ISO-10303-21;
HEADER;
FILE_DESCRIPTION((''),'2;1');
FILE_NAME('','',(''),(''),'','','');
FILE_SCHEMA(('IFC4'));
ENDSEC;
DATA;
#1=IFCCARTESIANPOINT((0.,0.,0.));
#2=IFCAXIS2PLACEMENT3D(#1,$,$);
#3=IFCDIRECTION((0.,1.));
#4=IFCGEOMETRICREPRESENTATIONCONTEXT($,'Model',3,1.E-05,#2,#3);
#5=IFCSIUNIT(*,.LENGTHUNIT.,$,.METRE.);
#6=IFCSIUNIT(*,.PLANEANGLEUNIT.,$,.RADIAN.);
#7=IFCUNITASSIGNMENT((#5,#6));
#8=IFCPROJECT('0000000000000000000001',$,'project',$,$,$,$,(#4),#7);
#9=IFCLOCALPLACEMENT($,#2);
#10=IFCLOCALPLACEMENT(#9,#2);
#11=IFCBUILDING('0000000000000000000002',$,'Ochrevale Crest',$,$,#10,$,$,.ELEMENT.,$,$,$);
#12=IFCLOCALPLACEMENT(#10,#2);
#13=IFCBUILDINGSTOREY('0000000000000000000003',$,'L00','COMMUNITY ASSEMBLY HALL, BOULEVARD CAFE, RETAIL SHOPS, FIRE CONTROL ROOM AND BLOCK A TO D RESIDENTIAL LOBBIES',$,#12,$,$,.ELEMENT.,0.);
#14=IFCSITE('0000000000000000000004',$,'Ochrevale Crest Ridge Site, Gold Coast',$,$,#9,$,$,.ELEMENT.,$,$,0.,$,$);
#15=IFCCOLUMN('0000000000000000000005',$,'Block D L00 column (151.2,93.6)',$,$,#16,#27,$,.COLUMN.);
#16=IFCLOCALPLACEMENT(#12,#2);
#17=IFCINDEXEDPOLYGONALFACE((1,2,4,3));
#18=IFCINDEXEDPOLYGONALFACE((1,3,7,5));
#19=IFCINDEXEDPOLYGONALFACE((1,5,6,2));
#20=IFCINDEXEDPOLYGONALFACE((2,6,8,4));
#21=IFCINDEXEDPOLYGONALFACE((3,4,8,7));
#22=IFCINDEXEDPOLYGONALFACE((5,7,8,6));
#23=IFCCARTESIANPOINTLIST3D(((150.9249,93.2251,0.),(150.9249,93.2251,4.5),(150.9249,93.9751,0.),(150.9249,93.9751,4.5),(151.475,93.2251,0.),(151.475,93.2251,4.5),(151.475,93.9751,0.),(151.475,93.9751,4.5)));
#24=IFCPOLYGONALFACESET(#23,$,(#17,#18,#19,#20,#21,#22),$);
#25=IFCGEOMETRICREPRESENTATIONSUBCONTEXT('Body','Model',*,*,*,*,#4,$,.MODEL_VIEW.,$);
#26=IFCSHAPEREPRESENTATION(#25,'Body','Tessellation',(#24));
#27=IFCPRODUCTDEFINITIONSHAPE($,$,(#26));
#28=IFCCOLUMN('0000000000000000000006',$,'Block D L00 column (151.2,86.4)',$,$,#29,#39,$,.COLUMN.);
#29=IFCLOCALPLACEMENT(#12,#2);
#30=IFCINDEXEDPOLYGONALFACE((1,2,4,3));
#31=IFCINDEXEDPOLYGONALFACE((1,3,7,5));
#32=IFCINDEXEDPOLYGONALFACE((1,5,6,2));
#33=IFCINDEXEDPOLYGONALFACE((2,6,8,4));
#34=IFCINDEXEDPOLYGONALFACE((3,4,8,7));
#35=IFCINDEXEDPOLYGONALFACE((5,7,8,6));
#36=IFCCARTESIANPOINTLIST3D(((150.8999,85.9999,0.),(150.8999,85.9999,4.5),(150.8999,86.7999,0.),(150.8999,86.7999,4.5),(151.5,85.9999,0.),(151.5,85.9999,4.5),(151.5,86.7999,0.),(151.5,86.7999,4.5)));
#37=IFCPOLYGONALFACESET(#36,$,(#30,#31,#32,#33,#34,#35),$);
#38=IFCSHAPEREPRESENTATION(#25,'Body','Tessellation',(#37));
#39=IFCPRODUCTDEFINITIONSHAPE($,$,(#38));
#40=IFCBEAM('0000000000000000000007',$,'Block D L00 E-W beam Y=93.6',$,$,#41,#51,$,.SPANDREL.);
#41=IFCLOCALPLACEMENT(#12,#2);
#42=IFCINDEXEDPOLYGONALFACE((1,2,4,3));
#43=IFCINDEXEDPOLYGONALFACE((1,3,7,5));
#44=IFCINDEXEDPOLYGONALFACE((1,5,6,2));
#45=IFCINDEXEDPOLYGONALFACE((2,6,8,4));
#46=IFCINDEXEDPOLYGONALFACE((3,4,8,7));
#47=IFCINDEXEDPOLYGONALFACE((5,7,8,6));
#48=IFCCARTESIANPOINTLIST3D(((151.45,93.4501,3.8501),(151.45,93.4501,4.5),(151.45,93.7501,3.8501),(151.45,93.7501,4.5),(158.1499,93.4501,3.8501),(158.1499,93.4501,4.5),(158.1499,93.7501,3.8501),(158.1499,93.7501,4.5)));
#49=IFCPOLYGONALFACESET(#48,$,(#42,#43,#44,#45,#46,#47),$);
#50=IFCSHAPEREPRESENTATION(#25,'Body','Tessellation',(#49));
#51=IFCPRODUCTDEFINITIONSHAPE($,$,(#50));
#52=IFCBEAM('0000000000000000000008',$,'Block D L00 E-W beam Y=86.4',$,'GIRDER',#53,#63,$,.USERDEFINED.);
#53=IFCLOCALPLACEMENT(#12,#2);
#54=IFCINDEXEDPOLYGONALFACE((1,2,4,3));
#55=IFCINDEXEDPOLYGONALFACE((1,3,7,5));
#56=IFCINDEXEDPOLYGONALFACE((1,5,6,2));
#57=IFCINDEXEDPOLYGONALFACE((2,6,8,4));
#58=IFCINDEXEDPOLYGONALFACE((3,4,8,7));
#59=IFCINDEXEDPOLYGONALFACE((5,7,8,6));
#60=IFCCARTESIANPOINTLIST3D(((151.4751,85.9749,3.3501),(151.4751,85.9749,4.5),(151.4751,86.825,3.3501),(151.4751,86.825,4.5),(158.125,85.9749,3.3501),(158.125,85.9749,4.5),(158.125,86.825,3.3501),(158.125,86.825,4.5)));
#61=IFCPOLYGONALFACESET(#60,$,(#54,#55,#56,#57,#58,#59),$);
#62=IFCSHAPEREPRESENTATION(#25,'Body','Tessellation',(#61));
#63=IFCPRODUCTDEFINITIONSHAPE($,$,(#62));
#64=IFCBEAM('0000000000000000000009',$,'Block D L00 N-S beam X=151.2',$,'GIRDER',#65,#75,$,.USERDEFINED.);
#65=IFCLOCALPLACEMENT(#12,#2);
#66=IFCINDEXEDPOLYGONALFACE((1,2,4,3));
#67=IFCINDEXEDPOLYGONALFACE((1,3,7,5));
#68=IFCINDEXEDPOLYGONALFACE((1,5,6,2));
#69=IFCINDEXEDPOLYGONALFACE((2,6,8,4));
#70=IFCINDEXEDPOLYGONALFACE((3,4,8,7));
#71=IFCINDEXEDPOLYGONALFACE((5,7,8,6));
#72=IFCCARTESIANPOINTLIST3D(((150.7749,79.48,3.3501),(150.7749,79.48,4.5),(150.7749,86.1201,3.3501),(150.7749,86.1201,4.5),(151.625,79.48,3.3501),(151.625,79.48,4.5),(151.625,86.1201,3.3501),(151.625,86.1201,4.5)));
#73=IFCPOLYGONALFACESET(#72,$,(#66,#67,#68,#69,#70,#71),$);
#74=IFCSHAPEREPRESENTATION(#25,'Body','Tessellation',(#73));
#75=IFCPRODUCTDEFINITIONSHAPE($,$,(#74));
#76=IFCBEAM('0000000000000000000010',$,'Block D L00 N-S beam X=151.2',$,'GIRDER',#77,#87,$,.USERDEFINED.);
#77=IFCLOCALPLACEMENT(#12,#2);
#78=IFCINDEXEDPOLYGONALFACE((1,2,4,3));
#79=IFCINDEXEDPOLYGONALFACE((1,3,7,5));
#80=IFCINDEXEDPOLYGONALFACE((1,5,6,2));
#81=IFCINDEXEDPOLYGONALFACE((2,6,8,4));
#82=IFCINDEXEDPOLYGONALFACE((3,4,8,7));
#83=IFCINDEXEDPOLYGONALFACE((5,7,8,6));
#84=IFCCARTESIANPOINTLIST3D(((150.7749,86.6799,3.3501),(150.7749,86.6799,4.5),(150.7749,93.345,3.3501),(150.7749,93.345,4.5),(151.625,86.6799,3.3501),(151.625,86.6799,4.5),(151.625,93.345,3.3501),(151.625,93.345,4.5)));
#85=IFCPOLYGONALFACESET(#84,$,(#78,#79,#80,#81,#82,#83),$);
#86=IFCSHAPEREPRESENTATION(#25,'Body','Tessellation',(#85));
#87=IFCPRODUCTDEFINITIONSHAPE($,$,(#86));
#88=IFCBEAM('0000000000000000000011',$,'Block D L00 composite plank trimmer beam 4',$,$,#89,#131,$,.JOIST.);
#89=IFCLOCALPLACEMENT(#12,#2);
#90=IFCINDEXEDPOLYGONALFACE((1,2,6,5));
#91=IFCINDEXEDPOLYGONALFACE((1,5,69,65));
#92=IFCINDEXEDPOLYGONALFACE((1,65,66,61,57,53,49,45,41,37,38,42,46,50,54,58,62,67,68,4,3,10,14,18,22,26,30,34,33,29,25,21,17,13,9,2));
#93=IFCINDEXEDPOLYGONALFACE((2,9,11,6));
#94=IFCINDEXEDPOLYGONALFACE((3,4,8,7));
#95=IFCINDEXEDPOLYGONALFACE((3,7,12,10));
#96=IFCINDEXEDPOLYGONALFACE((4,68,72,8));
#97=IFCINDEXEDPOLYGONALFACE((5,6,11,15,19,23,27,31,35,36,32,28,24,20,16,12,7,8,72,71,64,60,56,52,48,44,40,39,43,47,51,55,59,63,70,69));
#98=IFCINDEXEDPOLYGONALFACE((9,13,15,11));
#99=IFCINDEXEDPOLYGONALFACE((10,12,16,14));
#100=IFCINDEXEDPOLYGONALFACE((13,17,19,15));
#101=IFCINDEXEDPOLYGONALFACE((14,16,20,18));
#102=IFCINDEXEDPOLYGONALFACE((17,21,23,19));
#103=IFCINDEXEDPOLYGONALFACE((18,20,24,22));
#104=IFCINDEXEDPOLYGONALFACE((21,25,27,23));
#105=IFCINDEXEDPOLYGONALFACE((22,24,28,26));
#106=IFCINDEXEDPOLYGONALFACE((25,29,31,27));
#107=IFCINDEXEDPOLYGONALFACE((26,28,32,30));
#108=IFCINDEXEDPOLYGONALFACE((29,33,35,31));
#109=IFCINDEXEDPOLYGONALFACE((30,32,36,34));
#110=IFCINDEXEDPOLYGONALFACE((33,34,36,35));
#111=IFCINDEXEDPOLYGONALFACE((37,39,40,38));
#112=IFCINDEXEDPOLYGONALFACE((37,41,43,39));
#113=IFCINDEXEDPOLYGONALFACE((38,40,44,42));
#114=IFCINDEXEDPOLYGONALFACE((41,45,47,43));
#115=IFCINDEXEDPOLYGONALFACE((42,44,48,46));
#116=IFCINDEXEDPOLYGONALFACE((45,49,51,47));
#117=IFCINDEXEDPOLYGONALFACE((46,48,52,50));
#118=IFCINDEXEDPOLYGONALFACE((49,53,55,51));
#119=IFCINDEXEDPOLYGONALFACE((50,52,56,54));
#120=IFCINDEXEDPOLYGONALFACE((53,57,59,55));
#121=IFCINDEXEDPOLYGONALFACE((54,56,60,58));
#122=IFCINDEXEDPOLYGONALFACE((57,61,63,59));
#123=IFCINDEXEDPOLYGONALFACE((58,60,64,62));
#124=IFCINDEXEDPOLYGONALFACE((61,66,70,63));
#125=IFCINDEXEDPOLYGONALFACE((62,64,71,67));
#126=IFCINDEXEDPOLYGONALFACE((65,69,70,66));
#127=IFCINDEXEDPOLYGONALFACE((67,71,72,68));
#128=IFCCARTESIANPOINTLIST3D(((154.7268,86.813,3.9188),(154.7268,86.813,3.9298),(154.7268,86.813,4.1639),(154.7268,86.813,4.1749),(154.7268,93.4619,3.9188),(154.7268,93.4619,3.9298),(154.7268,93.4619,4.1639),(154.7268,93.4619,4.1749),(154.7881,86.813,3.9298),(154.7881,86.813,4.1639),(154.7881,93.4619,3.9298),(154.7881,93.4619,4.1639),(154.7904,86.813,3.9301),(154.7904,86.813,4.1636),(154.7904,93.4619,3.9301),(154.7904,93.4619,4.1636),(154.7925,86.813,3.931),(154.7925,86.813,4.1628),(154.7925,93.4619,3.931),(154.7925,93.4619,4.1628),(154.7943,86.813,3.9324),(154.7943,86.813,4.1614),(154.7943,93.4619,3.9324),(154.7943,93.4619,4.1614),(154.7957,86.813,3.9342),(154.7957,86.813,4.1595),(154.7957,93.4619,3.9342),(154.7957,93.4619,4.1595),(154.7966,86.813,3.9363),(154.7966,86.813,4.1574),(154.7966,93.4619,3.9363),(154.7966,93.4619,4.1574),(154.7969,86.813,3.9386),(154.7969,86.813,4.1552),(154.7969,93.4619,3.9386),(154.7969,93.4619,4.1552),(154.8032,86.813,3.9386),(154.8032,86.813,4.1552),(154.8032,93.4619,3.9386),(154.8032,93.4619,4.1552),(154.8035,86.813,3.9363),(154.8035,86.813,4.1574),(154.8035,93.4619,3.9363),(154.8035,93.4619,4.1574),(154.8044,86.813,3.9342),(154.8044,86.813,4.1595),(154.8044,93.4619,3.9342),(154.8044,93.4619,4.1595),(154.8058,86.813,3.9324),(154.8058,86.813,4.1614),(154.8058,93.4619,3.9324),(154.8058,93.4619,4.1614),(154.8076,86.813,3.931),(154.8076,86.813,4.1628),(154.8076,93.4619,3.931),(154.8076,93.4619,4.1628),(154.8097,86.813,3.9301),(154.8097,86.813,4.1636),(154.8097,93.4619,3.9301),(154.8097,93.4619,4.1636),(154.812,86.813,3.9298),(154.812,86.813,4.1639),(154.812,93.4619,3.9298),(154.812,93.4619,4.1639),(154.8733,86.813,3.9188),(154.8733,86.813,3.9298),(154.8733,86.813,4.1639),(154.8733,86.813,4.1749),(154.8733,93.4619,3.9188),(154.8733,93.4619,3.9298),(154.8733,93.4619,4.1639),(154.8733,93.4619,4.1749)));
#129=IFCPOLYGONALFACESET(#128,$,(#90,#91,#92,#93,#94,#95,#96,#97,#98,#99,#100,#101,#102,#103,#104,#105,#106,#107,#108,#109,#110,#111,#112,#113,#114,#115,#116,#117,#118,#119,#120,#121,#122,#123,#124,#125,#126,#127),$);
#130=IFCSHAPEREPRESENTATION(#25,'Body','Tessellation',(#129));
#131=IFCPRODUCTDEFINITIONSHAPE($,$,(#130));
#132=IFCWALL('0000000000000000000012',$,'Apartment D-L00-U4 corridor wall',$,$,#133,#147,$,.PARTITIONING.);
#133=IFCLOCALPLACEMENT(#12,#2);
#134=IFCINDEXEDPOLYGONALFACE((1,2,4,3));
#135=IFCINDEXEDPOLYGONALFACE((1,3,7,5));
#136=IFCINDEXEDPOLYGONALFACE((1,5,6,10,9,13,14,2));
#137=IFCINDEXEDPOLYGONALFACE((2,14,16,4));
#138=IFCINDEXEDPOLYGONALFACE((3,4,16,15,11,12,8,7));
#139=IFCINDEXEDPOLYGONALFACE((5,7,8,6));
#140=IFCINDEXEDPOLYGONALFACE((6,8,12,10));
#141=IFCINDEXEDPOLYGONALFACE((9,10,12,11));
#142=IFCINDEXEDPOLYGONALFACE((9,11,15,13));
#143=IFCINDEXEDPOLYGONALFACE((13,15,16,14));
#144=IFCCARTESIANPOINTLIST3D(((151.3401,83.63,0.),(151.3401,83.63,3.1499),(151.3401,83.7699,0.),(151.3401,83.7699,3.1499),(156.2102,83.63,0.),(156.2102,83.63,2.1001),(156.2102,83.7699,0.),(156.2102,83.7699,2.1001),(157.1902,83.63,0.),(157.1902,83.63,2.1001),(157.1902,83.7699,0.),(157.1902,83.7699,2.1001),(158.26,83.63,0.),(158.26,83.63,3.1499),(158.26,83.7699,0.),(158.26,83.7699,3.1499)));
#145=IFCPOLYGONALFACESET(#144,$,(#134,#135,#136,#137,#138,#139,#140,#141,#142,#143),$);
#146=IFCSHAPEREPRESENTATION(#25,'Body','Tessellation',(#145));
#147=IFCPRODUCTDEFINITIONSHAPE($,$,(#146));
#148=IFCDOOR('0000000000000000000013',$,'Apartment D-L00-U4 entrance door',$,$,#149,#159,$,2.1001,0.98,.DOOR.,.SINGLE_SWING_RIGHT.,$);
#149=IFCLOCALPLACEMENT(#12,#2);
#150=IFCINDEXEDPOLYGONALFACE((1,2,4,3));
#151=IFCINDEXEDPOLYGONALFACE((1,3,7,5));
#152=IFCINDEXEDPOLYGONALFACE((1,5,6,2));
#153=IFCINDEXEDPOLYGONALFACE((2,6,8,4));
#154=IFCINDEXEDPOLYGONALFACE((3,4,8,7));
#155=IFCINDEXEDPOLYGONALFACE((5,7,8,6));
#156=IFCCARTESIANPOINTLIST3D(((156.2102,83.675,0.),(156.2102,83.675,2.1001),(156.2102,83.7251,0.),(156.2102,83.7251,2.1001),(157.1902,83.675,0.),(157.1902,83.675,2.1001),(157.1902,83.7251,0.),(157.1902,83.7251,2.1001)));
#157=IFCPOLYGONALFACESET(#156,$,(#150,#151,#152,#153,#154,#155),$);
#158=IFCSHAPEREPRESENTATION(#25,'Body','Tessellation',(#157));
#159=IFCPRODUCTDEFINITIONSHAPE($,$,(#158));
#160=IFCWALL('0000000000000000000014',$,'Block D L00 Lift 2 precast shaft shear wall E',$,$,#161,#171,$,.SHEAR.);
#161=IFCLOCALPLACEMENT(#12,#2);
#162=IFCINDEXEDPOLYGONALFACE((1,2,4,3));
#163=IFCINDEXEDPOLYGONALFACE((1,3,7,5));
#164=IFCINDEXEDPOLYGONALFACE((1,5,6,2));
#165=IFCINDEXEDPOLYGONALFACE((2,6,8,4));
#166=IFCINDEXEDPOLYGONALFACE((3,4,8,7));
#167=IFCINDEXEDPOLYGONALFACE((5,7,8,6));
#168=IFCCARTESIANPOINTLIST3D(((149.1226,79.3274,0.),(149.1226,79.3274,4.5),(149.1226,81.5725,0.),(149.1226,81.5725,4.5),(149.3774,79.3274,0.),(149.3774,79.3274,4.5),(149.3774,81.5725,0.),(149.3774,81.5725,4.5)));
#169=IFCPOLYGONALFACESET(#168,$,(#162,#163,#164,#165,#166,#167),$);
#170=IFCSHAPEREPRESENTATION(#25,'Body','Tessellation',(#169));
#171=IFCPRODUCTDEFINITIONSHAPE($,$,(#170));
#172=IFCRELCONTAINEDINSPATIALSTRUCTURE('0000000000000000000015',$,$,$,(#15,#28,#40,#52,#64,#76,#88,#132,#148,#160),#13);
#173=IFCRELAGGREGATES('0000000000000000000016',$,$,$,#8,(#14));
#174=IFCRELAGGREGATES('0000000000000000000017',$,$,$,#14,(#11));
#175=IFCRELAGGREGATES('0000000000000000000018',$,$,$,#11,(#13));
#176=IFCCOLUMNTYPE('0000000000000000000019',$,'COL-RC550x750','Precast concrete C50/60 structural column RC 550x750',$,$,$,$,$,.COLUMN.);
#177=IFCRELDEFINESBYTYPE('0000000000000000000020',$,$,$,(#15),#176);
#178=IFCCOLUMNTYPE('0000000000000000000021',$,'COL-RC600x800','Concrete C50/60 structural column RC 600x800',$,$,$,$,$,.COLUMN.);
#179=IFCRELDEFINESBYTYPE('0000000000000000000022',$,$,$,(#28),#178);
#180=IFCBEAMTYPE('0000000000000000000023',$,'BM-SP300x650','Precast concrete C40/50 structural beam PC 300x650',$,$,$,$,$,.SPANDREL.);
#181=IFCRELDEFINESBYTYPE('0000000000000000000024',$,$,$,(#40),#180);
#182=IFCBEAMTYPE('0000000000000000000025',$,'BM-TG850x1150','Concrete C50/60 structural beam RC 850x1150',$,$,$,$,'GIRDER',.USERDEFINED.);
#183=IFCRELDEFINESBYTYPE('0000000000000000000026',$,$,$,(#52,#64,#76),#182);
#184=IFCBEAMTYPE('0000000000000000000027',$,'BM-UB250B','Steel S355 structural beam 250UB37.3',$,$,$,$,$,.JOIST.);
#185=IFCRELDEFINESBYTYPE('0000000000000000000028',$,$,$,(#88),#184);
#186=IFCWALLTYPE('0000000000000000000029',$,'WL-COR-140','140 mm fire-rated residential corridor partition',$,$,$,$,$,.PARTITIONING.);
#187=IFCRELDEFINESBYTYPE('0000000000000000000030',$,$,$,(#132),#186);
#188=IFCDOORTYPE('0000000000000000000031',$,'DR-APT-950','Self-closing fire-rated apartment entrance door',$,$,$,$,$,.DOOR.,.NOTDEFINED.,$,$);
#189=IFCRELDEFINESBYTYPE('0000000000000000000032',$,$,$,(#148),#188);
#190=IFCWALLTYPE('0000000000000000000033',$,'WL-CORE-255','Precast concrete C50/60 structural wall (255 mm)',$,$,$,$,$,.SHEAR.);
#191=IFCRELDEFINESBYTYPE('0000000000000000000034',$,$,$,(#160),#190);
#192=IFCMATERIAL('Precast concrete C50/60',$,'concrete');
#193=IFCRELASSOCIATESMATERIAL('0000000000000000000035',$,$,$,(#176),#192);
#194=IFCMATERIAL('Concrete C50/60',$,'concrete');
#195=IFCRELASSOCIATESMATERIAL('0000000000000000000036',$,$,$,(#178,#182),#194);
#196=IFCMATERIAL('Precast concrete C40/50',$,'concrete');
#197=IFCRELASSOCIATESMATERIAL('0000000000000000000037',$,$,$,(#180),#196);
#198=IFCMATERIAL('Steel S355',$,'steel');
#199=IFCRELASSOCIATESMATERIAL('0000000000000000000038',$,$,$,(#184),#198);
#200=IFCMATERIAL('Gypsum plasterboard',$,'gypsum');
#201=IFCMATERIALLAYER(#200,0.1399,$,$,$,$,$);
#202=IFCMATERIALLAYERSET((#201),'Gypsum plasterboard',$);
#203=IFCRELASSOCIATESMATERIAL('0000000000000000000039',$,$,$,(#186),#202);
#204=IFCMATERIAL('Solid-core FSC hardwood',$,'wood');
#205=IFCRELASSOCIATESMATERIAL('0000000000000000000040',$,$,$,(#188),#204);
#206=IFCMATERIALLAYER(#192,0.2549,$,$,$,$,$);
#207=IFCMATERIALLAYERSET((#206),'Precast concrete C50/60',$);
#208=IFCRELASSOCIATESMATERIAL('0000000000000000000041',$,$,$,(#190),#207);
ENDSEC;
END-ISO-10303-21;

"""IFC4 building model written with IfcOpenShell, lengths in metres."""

from ifc_helpers import new_model, si_unit, direction, frame, frame_2d, origin, origin_2d, place, context, subcontext, project, spatial, rectangle, i_section, extrude, material, layer, layer_set, material_profile, profile_set, type_object, element, fill, save


model = new_model("IFC4")

# Units and contexts
model_context = context("Model", 3, precision=1e-05, world=origin(), true_north=direction((0.0, 1.0)))
body_context = subcontext(model_context, "Body", "Model", "MODEL_VIEW")
ifc_project = project(units=[si_unit("LENGTHUNIT", "METRE"), si_unit("PLANEANGLEUNIT", "RADIAN")], contexts=[model_context])

# Site, building, storey
site_placement = place(None, origin())
site = spatial("IfcSite", under=ifc_project, at=site_placement, Name="Ochrevale Crest Ridge Site, Gold Coast", CompositionType="ELEMENT", RefElevation=0.0)
building_placement = place(site_placement, origin())
building = spatial("IfcBuilding", under=site, at=building_placement, Name="Ochrevale Crest", CompositionType="ELEMENT")
storey_placement = place(building_placement, origin())
storey = spatial("IfcBuildingStorey", under=building, at=storey_placement, Name="L00", Description="COMMUNITY ASSEMBLY HALL, BOULEVARD CAFE, RETAIL SHOPS, FIRE CONTROL ROOM AND BLOCK A TO D RESIDENTIAL LOBBIES", CompositionType="ELEMENT", Elevation=0.0)

# Columns
ifc_material_1 = material(Name="Precast concrete C50/60", Category="concrete")
ifc_material_profile_1 = material_profile(ifc_material_1, rectangle(XDim=0.55, YDim=0.75, at=origin_2d()), Name="RC 550x750")
ifc_profile_set_1 = profile_set([ifc_material_profile_1], Name="Precast concrete C50/60")
column_type_1 = type_object("IfcColumnType", Name="COL-RC550x750", Description="Precast concrete C50/60 structural column RC 550x750", PredefinedType="COLUMN", material=ifc_profile_set_1)
column_1_placement = place(storey_placement, frame((151.2, 93.6001, 0.0), z_axis=(0.0, 0.0, 1.0), x_axis=(1.0, 0.0, 0.0)))
element("IfcColumn", 1, at=column_1_placement, inside=storey, type_object=column_type_1, Name="Block D L00 column (151.2,93.6)", PredefinedType="COLUMN", context=body_context, shape_type="SweptSolid", body=[
    extrude(rectangle(XDim=0.55, YDim=0.75, at=origin_2d()), origin(), (0.0, 0.0, 1.0), 4.5),
])
ifc_material_2 = material(Name="Concrete C50/60", Category="concrete")
ifc_material_profile_2 = material_profile(ifc_material_2, rectangle(XDim=0.6001, YDim=0.8, at=origin_2d()), Name="RC 600x800")
ifc_profile_set_2 = profile_set([ifc_material_profile_2], Name="Concrete C50/60")
column_type_2 = type_object("IfcColumnType", Name="COL-RC600x800", Description="Concrete C50/60 structural column RC 600x800", PredefinedType="COLUMN", material=ifc_profile_set_2)
column_2_placement = place(storey_placement, frame((151.2, 86.3999, 0.0), z_axis=(0.0, 0.0, 1.0), x_axis=(1.0, 0.0, 0.0)))
element("IfcColumn", 2, at=column_2_placement, inside=storey, type_object=column_type_2, Name="Block D L00 column (151.2,86.4)", PredefinedType="COLUMN", context=body_context, shape_type="SweptSolid", body=[
    extrude(rectangle(XDim=0.6001, YDim=0.8, at=origin_2d()), origin(), (0.0, 0.0, 1.0), 4.5),
])

# Beams
ifc_material_3 = material(Name="Precast concrete C40/50", Category="concrete")
ifc_material_profile_3 = material_profile(ifc_material_3, rectangle(XDim=0.3, YDim=0.6499, at=origin_2d()), Name="PC 300x650")
ifc_profile_set_3 = profile_set([ifc_material_profile_3], Name="Precast concrete C40/50")
beam_type_1 = type_object("IfcBeamType", Name="BM-SP300x650", Description="Precast concrete C40/50 structural beam PC 300x650", PredefinedType="SPANDREL", material=ifc_profile_set_3)
beam_1_placement = place(storey_placement, frame((151.45, 93.6001, 4.175), z_axis=(1.0, 0.0, 0.0), x_axis=(0.0, 1.0, 0.0)))
element("IfcBeam", 3, at=beam_1_placement, inside=storey, type_object=beam_type_1, Name="Block D L00 E-W beam Y=93.6", PredefinedType="SPANDREL", context=body_context, shape_type="SweptSolid", body=[
    extrude(rectangle(XDim=0.3, YDim=0.6499, at=origin_2d()), origin(), (0.0, 0.0, 1.0), 6.7),
])
ifc_material_profile_4 = material_profile(ifc_material_2, rectangle(XDim=0.8501, YDim=1.1499, at=origin_2d()), Name="RC 850x1150")
ifc_profile_set_4 = profile_set([ifc_material_profile_4], Name="Concrete C50/60")
beam_type_2 = type_object("IfcBeamType", Name="BM-TG850x1150", Description="Concrete C50/60 structural beam RC 850x1150", ElementType="GIRDER", PredefinedType="USERDEFINED", material=ifc_profile_set_4)
beam_2_placement = place(storey_placement, frame((151.4751, 86.3999, 3.925), z_axis=(1.0, 0.0, 0.0), x_axis=(0.0, 1.0, 0.0)))
element("IfcBeam", 4, at=beam_2_placement, inside=storey, type_object=beam_type_2, Name="Block D L00 E-W beam Y=86.4", ObjectType="GIRDER", PredefinedType="USERDEFINED", context=body_context, shape_type="SweptSolid", body=[
    extrude(rectangle(XDim=0.8501, YDim=1.1499, at=origin_2d()), origin(), (0.0, 0.0, 1.0), 6.6499),
])
beam_3_placement = place(storey_placement, frame((151.2, 79.48, 3.925), z_axis=(0.0, 1.0, 0.0), x_axis=(-1.0, 0.0, 0.0)))
element("IfcBeam", 5, at=beam_3_placement, inside=storey, type_object=beam_type_2, Name="Block D L00 N-S beam X=151.2", ObjectType="GIRDER", PredefinedType="USERDEFINED", context=body_context, shape_type="SweptSolid", body=[
    extrude(rectangle(XDim=0.8501, YDim=1.1499, at=origin_2d()), origin(), (0.0, 0.0, 1.0), 6.6401),
])
beam_4_placement = place(storey_placement, frame((151.2, 86.6799, 3.925), z_axis=(0.0, 1.0, 0.0), x_axis=(-1.0, 0.0, 0.0)))
element("IfcBeam", 6, at=beam_4_placement, inside=storey, type_object=beam_type_2, Name="Block D L00 N-S beam X=151.2", ObjectType="GIRDER", PredefinedType="USERDEFINED", context=body_context, shape_type="SweptSolid", body=[
    extrude(rectangle(XDim=0.8501, YDim=1.1499, at=origin_2d()), origin(), (0.0, 0.0, 1.0), 6.665),
])
ifc_material_4 = material(Name="Steel S355", Category="steel")
ifc_material_profile_5 = material_profile(ifc_material_4, i_section(OverallWidth=0.1465, OverallDepth=0.2561, WebThickness=0.0063, FlangeThickness=0.011, FilletRadius=0.0088, at=origin_2d()), Name="250UB37.3")
ifc_profile_set_5 = profile_set([ifc_material_profile_5], Name="Steel S355")
beam_type_3 = type_object("IfcBeamType", Name="BM-UB250B", Description="Steel S355 structural beam 250UB37.3", PredefinedType="JOIST", material=ifc_profile_set_5)
beam_5_placement = place(storey_placement, frame((154.8, 86.813, 4.0469), z_axis=(0.0, 1.0, 0.0), x_axis=(-1.0, 0.0, 0.0)))
element("IfcBeam", 7, at=beam_5_placement, inside=storey, type_object=beam_type_3, Name="Block D L00 composite plank trimmer beam 4", PredefinedType="JOIST", context=body_context, shape_type="SweptSolid", body=[
    extrude(i_section(OverallWidth=0.1465, OverallDepth=0.2561, WebThickness=0.0063, FlangeThickness=0.011, FilletRadius=0.0088, at=origin_2d()), origin(), (0.0, 0.0, 1.0), 6.6489),
])

# Wall, opening, door
ifc_material_5 = material(Name="Gypsum plasterboard", Category="gypsum")
ifc_layer_1 = layer(ifc_material_5, 0.1399)
ifc_layer_set_1 = layer_set([ifc_layer_1], Name="Gypsum plasterboard")
wall_type_1 = type_object("IfcWallType", Name="WL-COR-140", Description="140 mm fire-rated residential corridor partition", PredefinedType="PARTITIONING", material=ifc_layer_set_1)
wall_1_placement = place(storey_placement, frame((151.3401, 83.7, 0.0), z_axis=(0.0, 0.0, 1.0), x_axis=(1.0, 0.0, 0.0)))
wall_1 = element("IfcWall", 8, at=wall_1_placement, inside=storey, type_object=wall_type_1, Name="Apartment D-L00-U4 corridor wall", PredefinedType="PARTITIONING", context=body_context, shape_type="SweptSolid", body=[
    extrude(rectangle(XDim=6.9199, YDim=0.1399, at=frame_2d((3.46, 0.0))), origin(), (0.0, 0.0, 1.0), 3.1499),
])
opening_1_placement = place(wall_1_placement, frame((5.8501, 0.0, 0.0), z_axis=(0.0, 0.0, 1.0), x_axis=(-1.0, 0.0, 0.0)))
opening_1 = element("IfcOpeningElement", 9, at=opening_1_placement, cuts=wall_1, PredefinedType="OPENING", context=body_context, shape_type="SweptSolid", body=[
    extrude(rectangle(XDim=0.98, YDim=2.1001, at=frame_2d((0.49, 1.05))), frame((0.0, 0.0801, 0.0), z_axis=(0.0, -1.0, 0.0), x_axis=(1.0, 0.0, 0.0)), (0.0, 0.0, 1.0), 0.1599),
])
ifc_material_6 = material(Name="Solid-core FSC hardwood", Category="wood")
door_type_1 = type_object("IfcDoorType", Name="DR-APT-950", Description="Self-closing fire-rated apartment entrance door", OperationType="NOTDEFINED", PredefinedType="DOOR", material=ifc_material_6)
door_1_placement = place(opening_1_placement, origin())
door_1 = element("IfcDoor", 10, at=door_1_placement, inside=storey, type_object=door_type_1, Name="Apartment D-L00-U4 entrance door", OperationType="SINGLE_SWING_RIGHT", OverallHeight=2.1001, OverallWidth=0.98, PredefinedType="DOOR", context=body_context, shape_type="SweptSolid", body=[
    extrude(rectangle(XDim=0.98, YDim=2.1001, at=frame_2d((0.49, 1.05))), frame((0.0, 0.0249, 0.0), z_axis=(0.0, -1.0, 0.0), x_axis=(1.0, 0.0, 0.0)), (0.0, 0.0, 1.0), 0.05),
])
fill(opening_1, door_1)
ifc_layer_2 = layer(ifc_material_1, 0.2549)
ifc_layer_set_2 = layer_set([ifc_layer_2], Name="Precast concrete C50/60")
wall_type_2 = type_object("IfcWallType", Name="WL-CORE-255", Description="Precast concrete C50/60 structural wall (255 mm)", PredefinedType="SHEAR", material=ifc_layer_set_2)

# Wall
wall_2_placement = place(storey_placement, frame((149.25, 79.3274, 0.0), z_axis=(0.0, 0.0, 1.0), x_axis=(0.0, 1.0, 0.0)))
element("IfcWall", 11, at=wall_2_placement, inside=storey, type_object=wall_type_2, Name="Block D L00 Lift 2 precast shaft shear wall E", PredefinedType="SHEAR", context=body_context, shape_type="SweptSolid", body=[
    extrude(rectangle(XDim=2.2451, YDim=0.2549, at=frame_2d((1.1226, 0.0))), origin(), (0.0, 0.0, 1.0), 4.5),
])

save(model, "model.ifc")
